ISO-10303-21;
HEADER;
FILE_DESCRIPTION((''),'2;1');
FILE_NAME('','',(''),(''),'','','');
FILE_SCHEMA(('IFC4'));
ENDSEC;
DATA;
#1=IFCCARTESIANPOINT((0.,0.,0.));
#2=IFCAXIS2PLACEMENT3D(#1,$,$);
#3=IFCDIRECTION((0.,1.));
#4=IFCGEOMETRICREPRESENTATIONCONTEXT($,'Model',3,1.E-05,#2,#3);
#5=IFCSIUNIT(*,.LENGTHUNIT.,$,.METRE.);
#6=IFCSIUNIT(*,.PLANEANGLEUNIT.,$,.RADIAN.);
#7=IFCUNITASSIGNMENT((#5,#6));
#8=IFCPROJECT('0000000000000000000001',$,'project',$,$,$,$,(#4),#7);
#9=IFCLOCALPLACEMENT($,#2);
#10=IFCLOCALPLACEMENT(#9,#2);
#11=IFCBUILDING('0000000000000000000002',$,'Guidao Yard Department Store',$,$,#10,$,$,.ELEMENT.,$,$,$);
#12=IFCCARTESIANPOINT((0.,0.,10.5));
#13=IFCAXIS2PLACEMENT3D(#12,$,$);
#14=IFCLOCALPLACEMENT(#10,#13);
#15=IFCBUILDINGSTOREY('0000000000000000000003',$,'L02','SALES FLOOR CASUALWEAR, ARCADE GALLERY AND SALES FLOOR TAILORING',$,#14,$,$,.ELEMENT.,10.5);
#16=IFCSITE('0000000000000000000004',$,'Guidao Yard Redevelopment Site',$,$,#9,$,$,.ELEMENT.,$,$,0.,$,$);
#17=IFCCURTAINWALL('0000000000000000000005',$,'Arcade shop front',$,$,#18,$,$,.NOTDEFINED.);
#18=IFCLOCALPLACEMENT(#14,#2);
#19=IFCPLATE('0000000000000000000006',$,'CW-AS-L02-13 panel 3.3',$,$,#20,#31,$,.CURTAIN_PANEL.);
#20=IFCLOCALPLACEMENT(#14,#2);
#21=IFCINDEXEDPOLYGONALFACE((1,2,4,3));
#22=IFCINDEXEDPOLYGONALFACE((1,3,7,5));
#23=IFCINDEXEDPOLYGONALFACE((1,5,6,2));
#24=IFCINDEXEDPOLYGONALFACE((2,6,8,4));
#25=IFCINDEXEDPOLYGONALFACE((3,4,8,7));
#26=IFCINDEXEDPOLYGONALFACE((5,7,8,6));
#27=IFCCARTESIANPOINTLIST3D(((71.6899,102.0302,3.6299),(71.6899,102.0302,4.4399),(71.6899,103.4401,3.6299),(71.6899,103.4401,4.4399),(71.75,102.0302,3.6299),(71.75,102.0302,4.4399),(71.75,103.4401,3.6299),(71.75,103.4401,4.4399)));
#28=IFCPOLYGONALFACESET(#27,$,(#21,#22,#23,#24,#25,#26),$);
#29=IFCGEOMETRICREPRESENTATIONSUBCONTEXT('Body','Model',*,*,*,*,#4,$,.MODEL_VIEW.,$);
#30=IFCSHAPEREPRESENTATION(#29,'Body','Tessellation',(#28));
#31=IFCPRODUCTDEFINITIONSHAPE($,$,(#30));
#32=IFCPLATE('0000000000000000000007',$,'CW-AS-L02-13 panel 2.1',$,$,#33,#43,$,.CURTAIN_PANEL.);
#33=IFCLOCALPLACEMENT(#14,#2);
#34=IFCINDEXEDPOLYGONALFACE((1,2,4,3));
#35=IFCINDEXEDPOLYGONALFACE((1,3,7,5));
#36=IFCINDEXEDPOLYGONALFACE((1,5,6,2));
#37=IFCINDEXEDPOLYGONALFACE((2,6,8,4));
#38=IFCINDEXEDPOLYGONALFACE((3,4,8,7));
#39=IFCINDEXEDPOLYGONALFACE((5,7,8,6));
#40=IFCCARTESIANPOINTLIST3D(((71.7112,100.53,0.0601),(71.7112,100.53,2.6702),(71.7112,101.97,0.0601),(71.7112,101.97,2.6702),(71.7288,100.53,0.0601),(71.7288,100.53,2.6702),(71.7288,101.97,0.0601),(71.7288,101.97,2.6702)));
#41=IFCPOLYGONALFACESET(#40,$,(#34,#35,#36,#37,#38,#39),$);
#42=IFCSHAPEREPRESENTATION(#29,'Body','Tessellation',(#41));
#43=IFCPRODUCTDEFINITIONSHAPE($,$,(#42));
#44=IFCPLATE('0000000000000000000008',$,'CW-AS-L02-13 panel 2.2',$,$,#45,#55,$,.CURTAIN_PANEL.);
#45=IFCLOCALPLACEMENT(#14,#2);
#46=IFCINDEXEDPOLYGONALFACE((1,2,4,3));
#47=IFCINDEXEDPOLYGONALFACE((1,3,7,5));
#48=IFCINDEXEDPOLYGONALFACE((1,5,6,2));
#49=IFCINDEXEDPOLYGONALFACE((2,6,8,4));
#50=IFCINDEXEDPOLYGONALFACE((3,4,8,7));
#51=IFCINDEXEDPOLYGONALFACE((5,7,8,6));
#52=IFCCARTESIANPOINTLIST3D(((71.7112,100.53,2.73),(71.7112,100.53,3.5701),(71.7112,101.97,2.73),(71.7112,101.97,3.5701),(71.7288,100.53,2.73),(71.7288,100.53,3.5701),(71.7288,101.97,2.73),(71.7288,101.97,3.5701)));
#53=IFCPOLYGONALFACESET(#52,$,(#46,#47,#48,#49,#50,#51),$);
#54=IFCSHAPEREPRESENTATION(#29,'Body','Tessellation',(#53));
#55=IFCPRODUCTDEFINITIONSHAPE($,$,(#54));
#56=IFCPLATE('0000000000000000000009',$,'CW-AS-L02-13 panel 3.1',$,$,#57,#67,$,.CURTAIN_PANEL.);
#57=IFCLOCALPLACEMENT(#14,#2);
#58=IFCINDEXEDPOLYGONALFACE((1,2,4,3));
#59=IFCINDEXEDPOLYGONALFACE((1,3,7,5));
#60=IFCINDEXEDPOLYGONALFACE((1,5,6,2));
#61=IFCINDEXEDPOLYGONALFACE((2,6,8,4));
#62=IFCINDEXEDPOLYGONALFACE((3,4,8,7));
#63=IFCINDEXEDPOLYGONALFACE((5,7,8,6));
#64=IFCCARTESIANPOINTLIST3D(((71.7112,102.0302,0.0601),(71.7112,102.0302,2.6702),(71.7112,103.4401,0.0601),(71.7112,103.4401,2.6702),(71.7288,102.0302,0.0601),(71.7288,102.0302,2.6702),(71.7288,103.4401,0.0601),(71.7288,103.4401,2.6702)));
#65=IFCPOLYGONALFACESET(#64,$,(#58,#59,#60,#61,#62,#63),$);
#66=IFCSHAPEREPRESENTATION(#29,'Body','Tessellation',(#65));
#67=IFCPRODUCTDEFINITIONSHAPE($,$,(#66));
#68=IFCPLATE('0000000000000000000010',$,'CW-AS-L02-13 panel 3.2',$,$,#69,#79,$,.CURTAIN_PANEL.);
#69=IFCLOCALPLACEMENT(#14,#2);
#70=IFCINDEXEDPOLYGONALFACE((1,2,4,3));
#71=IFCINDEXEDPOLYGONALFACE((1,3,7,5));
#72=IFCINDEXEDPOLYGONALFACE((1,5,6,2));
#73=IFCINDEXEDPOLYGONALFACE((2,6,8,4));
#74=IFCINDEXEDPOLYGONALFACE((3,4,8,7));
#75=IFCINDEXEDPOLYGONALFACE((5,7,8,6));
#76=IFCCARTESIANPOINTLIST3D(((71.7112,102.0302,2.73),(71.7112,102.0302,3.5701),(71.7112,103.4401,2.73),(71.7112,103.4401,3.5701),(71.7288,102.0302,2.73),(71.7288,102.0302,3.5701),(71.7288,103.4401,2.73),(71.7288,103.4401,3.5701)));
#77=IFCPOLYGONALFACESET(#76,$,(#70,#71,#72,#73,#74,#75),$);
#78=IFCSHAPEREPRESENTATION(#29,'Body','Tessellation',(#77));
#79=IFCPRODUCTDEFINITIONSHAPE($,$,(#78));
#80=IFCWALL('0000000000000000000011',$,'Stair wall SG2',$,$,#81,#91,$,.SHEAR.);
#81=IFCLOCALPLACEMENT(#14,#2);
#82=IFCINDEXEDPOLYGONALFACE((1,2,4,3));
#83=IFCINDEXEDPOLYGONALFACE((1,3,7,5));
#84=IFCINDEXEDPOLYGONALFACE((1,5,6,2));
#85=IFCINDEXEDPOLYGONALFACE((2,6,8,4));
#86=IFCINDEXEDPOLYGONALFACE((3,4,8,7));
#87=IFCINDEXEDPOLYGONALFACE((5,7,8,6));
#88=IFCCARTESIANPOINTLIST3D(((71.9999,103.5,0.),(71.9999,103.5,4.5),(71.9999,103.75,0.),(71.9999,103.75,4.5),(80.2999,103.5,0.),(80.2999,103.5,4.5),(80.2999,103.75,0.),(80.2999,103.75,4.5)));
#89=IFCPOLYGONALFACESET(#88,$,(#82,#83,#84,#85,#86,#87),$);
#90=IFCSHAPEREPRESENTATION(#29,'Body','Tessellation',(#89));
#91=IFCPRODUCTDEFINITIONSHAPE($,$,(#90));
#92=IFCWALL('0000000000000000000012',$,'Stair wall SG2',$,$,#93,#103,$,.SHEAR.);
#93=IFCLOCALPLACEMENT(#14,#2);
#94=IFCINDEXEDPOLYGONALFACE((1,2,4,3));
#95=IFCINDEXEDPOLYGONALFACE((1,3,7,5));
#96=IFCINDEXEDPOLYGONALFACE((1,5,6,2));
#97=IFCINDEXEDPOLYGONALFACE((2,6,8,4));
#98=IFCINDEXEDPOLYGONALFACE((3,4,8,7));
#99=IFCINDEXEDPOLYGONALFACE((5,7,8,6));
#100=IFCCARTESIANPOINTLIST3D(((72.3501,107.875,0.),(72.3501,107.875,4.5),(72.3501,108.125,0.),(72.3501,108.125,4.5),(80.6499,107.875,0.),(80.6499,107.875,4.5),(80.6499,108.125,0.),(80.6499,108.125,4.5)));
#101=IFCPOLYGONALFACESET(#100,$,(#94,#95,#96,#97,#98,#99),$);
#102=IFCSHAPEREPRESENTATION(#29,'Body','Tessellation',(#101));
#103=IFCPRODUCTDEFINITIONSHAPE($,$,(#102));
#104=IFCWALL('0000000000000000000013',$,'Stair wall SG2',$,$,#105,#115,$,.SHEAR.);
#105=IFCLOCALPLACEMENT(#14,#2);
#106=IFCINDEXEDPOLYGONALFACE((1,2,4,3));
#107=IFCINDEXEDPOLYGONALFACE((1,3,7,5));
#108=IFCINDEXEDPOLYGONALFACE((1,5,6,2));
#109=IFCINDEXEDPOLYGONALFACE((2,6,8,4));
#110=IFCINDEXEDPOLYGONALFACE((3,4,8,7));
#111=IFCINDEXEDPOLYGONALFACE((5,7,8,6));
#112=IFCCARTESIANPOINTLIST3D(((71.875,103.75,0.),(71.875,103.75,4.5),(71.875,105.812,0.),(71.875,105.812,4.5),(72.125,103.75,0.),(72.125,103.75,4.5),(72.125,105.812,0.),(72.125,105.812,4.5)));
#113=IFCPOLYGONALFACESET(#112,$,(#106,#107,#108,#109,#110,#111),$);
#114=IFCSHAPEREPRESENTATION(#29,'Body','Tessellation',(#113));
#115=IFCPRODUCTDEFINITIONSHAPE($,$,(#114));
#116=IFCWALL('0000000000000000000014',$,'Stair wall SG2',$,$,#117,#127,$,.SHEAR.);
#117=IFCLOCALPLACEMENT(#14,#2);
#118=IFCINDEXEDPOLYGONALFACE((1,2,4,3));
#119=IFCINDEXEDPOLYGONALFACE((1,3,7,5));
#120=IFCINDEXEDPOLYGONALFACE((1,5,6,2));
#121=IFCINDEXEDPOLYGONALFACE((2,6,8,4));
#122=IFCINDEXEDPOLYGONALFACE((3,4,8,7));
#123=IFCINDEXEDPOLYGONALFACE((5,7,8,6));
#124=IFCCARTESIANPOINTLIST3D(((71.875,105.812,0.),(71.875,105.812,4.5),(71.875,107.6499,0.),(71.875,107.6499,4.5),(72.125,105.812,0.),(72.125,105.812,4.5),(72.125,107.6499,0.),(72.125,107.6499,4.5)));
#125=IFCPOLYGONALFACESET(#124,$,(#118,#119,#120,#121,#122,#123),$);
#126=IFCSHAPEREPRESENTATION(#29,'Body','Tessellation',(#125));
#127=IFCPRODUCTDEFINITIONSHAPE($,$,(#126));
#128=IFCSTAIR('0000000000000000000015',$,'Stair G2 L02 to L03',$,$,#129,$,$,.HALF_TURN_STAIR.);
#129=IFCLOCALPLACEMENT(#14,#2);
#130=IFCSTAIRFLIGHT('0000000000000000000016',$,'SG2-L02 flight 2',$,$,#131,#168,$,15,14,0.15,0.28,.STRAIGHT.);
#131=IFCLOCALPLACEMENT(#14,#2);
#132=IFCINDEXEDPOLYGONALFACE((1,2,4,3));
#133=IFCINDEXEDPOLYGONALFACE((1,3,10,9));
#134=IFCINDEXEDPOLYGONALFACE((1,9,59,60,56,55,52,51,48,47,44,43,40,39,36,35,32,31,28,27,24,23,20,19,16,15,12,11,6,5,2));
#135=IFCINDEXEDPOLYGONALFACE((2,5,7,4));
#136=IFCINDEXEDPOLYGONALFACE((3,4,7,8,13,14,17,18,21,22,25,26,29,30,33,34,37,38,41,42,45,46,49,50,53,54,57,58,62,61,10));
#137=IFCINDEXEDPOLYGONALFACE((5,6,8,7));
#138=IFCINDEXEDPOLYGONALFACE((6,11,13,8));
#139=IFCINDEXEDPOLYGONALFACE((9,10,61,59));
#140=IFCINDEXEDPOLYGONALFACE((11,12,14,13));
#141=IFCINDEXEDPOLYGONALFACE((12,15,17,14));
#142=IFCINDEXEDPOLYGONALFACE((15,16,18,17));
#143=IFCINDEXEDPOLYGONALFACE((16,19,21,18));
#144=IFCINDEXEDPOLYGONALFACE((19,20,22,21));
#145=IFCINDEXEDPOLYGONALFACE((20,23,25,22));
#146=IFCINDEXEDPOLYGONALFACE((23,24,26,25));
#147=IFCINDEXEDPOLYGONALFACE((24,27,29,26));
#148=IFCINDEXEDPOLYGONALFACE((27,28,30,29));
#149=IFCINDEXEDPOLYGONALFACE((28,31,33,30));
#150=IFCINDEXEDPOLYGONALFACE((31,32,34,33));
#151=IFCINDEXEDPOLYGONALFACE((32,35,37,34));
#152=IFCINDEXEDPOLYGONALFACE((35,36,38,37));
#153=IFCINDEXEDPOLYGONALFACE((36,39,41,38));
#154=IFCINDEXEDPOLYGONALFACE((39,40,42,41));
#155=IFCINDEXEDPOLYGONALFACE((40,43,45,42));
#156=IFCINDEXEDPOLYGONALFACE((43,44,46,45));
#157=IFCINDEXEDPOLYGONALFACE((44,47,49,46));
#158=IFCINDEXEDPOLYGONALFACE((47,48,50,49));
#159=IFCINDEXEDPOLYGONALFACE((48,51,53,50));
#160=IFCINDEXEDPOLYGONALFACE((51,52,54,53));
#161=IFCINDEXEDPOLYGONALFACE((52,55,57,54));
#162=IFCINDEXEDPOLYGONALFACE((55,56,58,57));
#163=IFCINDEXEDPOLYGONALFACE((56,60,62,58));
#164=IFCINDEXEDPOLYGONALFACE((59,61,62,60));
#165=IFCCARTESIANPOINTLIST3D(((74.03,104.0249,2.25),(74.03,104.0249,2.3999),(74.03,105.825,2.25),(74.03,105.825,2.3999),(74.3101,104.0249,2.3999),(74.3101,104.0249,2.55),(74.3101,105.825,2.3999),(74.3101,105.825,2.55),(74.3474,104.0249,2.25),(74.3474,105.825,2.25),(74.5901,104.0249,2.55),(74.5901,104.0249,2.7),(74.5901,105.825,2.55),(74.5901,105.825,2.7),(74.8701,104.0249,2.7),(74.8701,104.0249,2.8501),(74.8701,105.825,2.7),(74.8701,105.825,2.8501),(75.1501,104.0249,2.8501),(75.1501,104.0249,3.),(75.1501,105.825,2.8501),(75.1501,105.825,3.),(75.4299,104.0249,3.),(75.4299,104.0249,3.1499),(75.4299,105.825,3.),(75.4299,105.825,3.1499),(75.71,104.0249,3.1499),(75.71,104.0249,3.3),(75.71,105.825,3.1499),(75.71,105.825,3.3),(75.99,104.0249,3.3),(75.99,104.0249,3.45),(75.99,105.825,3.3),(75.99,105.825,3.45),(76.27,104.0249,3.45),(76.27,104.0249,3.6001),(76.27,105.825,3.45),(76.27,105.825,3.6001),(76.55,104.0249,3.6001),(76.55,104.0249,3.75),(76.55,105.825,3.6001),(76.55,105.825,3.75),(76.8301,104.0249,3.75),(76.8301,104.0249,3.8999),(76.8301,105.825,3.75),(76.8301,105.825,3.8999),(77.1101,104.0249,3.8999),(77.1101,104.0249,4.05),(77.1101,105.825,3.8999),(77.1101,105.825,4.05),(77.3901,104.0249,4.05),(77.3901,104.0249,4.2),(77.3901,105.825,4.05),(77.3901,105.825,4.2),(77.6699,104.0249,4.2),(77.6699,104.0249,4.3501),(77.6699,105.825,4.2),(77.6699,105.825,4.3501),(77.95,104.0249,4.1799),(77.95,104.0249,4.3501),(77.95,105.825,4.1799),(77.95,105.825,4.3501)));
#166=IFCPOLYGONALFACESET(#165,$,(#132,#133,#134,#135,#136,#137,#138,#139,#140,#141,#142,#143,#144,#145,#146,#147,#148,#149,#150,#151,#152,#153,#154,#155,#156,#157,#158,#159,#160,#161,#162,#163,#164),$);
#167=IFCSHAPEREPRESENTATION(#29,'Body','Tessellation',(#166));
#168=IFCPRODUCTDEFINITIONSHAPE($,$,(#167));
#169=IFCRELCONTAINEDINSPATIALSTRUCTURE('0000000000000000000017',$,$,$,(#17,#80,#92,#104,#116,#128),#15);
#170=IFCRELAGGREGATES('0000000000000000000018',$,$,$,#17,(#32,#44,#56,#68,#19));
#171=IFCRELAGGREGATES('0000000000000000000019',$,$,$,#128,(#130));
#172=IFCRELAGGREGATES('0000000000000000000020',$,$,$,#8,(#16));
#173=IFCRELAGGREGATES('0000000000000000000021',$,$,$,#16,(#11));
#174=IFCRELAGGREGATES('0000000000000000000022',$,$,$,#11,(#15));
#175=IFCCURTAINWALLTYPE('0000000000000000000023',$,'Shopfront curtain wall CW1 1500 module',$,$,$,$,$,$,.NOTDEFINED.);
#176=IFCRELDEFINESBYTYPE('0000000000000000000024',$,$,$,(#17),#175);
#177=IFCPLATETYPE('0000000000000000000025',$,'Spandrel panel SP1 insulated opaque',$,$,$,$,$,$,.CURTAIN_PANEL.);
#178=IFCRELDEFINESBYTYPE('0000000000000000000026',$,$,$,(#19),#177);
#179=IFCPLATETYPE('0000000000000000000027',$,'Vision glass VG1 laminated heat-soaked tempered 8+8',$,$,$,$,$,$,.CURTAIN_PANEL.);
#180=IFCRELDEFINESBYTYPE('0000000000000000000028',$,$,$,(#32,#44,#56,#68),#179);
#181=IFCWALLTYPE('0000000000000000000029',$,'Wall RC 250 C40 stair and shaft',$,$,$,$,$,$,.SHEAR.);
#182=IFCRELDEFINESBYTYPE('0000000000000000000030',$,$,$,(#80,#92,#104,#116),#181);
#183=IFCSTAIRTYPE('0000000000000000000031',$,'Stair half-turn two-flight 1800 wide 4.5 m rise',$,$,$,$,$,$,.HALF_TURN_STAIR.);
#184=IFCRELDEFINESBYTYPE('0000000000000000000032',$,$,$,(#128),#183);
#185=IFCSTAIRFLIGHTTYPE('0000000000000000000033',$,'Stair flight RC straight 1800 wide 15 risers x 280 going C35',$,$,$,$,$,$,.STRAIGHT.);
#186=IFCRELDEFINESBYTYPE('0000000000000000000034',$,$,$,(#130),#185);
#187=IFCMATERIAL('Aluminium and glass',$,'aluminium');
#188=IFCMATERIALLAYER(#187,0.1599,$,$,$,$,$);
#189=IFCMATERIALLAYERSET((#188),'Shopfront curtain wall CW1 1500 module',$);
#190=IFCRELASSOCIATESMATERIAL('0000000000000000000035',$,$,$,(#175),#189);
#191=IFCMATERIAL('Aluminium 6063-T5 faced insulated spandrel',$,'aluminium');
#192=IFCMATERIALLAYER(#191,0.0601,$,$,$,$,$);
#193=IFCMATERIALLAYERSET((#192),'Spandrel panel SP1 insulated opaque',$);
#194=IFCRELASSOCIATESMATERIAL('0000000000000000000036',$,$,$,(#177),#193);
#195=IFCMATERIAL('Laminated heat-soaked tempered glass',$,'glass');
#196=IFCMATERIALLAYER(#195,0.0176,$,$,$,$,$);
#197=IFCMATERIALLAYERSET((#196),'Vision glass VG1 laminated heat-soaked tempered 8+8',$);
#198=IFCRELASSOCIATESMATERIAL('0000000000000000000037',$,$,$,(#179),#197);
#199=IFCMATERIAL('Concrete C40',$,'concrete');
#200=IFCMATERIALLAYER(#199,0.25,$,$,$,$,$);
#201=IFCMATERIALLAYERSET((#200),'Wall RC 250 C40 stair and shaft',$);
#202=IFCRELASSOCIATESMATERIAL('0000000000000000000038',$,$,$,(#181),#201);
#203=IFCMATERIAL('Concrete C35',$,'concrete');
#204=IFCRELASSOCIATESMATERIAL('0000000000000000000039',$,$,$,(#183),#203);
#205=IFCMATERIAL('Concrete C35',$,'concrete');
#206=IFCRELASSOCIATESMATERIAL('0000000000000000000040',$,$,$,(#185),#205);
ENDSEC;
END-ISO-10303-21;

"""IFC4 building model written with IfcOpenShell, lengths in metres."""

from ifc_helpers import new_model, si_unit, direction, frame, frame_2d, origin, origin_2d, place, context, subcontext, project, spatial, polyline, rectangle, outline, extrude, material, layer, layer_set, type_object, element, aggregate, save


model = new_model("IFC4")

# Units and contexts
model_context = context("Model", 3, precision=1e-05, world=origin(), true_north=direction((0.0, 1.0)))
body_context = subcontext(model_context, "Body", "Model", "MODEL_VIEW")
ifc_project = project(units=[si_unit("LENGTHUNIT", "METRE"), si_unit("PLANEANGLEUNIT", "RADIAN")], contexts=[model_context])

# Site, building, storey
site_placement = place(None, origin())
site = spatial("IfcSite", under=ifc_project, at=site_placement, Name="Guidao Yard Redevelopment Site", CompositionType="ELEMENT", RefElevation=0.0)
building_placement = place(site_placement, origin())
building = spatial("IfcBuilding", under=site, at=building_placement, Name="Guidao Yard Department Store", CompositionType="ELEMENT")
storey_placement = place(building_placement, frame((0.0, 0.0, 10.5)))
storey = spatial("IfcBuildingStorey", under=building, at=storey_placement, Name="L02", Description="SALES FLOOR CASUALWEAR, ARCADE GALLERY AND SALES FLOOR TAILORING", CompositionType="ELEMENT", Elevation=10.5)

# Curtain wall, plates
ifc_material_1 = material(Name="Aluminium and glass", Category="aluminium")
ifc_layer_1 = layer(ifc_material_1, 0.1599)
ifc_layer_set_1 = layer_set([ifc_layer_1], Name="Shopfront curtain wall CW1 1500 module")
curtain_wall_type = type_object("IfcCurtainWallType", Name="Shopfront curtain wall CW1 1500 module", PredefinedType="NOTDEFINED", material=ifc_layer_set_1)
curtain_wall_placement = place(storey_placement, origin())
curtain_wall = element("IfcCurtainWall", 1, at=curtain_wall_placement, inside=storey, type_object=curtain_wall_type, Name="Arcade shop front", PredefinedType="NOTDEFINED")
ifc_material_2 = material(Name="Aluminium 6063-T5 faced insulated spandrel", Category="aluminium")
ifc_layer_2 = layer(ifc_material_2, 0.0601)
ifc_layer_set_2 = layer_set([ifc_layer_2], Name="Spandrel panel SP1 insulated opaque")
plate_type_1 = type_object("IfcPlateType", Name="Spandrel panel SP1 insulated opaque", PredefinedType="CURTAIN_PANEL", material=ifc_layer_set_2)
plate_1_placement = place(storey_placement, frame((71.72, 102.7351, 3.6299), z_axis=(0.0, 0.0, 1.0), x_axis=(0.0, 1.0, 0.0)))
plate_1 = element("IfcPlate", 2, at=plate_1_placement, type_object=plate_type_1, Name="CW-AS-L02-13 panel 3.3", PredefinedType="CURTAIN_PANEL", context=body_context, shape_type="SweptSolid", body=[
    extrude(rectangle(XDim=1.4099, YDim=0.0601, at=origin_2d()), origin(), (0.0, 0.0, 1.0), 0.8101),
])
ifc_material_3 = material(Name="Laminated heat-soaked tempered glass", Category="glass")
ifc_layer_3 = layer(ifc_material_3, 0.0176)
ifc_layer_set_3 = layer_set([ifc_layer_3], Name="Vision glass VG1 laminated heat-soaked tempered 8+8")
plate_type_2 = type_object("IfcPlateType", Name="Vision glass VG1 laminated heat-soaked tempered 8+8", PredefinedType="CURTAIN_PANEL", material=ifc_layer_set_3)
plate_2_placement = place(storey_placement, frame((71.72, 101.25, 0.0601), z_axis=(0.0, 0.0, 1.0), x_axis=(0.0, 1.0, 0.0)))
plate_2 = element("IfcPlate", 3, at=plate_2_placement, type_object=plate_type_2, Name="CW-AS-L02-13 panel 2.1", PredefinedType="CURTAIN_PANEL", context=body_context, shape_type="SweptSolid", body=[
    extrude(rectangle(XDim=1.4399, YDim=0.0176, at=origin_2d()), origin(), (0.0, 0.0, 1.0), 2.6101),
])
plate_3_placement = place(storey_placement, frame((71.72, 101.25, 2.73), z_axis=(0.0, 0.0, 1.0), x_axis=(0.0, 1.0, 0.0)))
plate_3 = element("IfcPlate", 4, at=plate_3_placement, type_object=plate_type_2, Name="CW-AS-L02-13 panel 2.2", PredefinedType="CURTAIN_PANEL", context=body_context, shape_type="SweptSolid", body=[
    extrude(rectangle(XDim=1.4399, YDim=0.0176, at=origin_2d()), origin(), (0.0, 0.0, 1.0), 0.8401),
])
plate_4_placement = place(storey_placement, frame((71.72, 102.7351, 0.0601), z_axis=(0.0, 0.0, 1.0), x_axis=(0.0, 1.0, 0.0)))
plate_4 = element("IfcPlate", 5, at=plate_4_placement, type_object=plate_type_2, Name="CW-AS-L02-13 panel 3.1", PredefinedType="CURTAIN_PANEL", context=body_context, shape_type="SweptSolid", body=[
    extrude(rectangle(XDim=1.4099, YDim=0.0176, at=origin_2d()), origin(), (0.0, 0.0, 1.0), 2.6101),
])
plate_5_placement = place(storey_placement, frame((71.72, 102.7351, 2.73), z_axis=(0.0, 0.0, 1.0), x_axis=(0.0, 1.0, 0.0)))
plate_5 = element("IfcPlate", 6, at=plate_5_placement, type_object=plate_type_2, Name="CW-AS-L02-13 panel 3.2", PredefinedType="CURTAIN_PANEL", context=body_context, shape_type="SweptSolid", body=[
    extrude(rectangle(XDim=1.4099, YDim=0.0176, at=origin_2d()), origin(), (0.0, 0.0, 1.0), 0.8401),
])
aggregate(curtain_wall, [plate_2, plate_3, plate_4, plate_5, plate_1])

# Walls
ifc_material_4 = material(Name="Concrete C40", Category="concrete")
ifc_layer_4 = layer(ifc_material_4, 0.25)
ifc_layer_set_4 = layer_set([ifc_layer_4], Name="Wall RC 250 C40 stair and shaft")
wall_type = type_object("IfcWallType", Name="Wall RC 250 C40 stair and shaft", PredefinedType="SHEAR", material=ifc_layer_set_4)
wall_1_placement = place(storey_placement, frame((72.0, 103.625, 0.0), z_axis=(0.0, 0.0, 1.0), x_axis=(1.0, 0.0, 0.0)))
element("IfcWall", 7, at=wall_1_placement, inside=storey, type_object=wall_type, Name="Stair wall SG2", PredefinedType="SHEAR", context=body_context, shape_type="SweptSolid", body=[
    extrude(rectangle(XDim=8.3, YDim=0.25, at=frame_2d((4.1499, 0.0))), origin(), (0.0, 0.0, 1.0), 4.5),
])
wall_2_placement = place(storey_placement, frame((72.3501, 108.0, 0.0), z_axis=(0.0, 0.0, 1.0), x_axis=(1.0, 0.0, 0.0)))
element("IfcWall", 8, at=wall_2_placement, inside=storey, type_object=wall_type, Name="Stair wall SG2", PredefinedType="SHEAR", context=body_context, shape_type="SweptSolid", body=[
    extrude(rectangle(XDim=8.2998, YDim=0.25, at=frame_2d((4.1499, 0.0))), origin(), (0.0, 0.0, 1.0), 4.5),
])
wall_3_placement = place(storey_placement, frame((72.0, 103.75, 0.0), z_axis=(0.0, 0.0, 1.0), x_axis=(0.0, 1.0, 0.0)))
element("IfcWall", 9, at=wall_3_placement, inside=storey, type_object=wall_type, Name="Stair wall SG2", PredefinedType="SHEAR", context=body_context, shape_type="SweptSolid", body=[
    extrude(rectangle(XDim=2.062, YDim=0.25, at=frame_2d((1.031, 0.0))), origin(), (0.0, 0.0, 1.0), 4.5),
])
wall_4_placement = place(storey_placement, frame((72.0, 105.812, 0.0), z_axis=(0.0, 0.0, 1.0), x_axis=(0.0, 1.0, 0.0)))
element("IfcWall", 10, at=wall_4_placement, inside=storey, type_object=wall_type, Name="Stair wall SG2", PredefinedType="SHEAR", context=body_context, shape_type="SweptSolid", body=[
    extrude(rectangle(XDim=1.8379, YDim=0.25, at=frame_2d((0.9189, 0.0))), origin(), (0.0, 0.0, 1.0), 4.5),
])

# Stair, stair flight
ifc_material_5 = material(Name="Concrete C35", Category="concrete")
stair_type = type_object("IfcStairType", Name="Stair half-turn two-flight 1800 wide 4.5 m rise", PredefinedType="HALF_TURN_STAIR", material=ifc_material_5)
stair_placement = place(storey_placement, origin())
stair = element("IfcStair", 11, at=stair_placement, inside=storey, type_object=stair_type, Name="Stair G2 L02 to L03", PredefinedType="HALF_TURN_STAIR")
ifc_material_6 = material(Name="Concrete C35", Category="concrete")
stair_flight_type = type_object("IfcStairFlightType", Name="Stair flight RC straight 1800 wide 15 risers x 280 going C35", PredefinedType="STRAIGHT", material=ifc_material_6)
stair_flight_placement = place(storey_placement, frame((74.03, 104.925, 2.25), z_axis=(0.0, 0.0, 1.0), x_axis=(1.0, 0.0, 0.0)))
stair_flight = element("IfcStairFlight", 12, at=stair_flight_placement, type_object=stair_flight_type, Name="SG2-L02 flight 2", NumberOfRisers=15, NumberOfTreads=14, PredefinedType="STRAIGHT", RiserHeight=0.15, TreadLength=0.28, context=body_context, shape_type="SweptSolid", body=[
    extrude(outline(polyline([(0.0, 0.0), (0.0, 0.1499), (0.28, 0.1499), (0.28, 0.3), (0.5601, 0.3), (0.5601, 0.45), (0.8401, 0.45), (0.8401, 0.6001), (1.1201, 0.6001), (1.1201, 0.75), (1.3999, 0.75), (1.3999, 0.8999), (1.6799, 0.8999), (1.6799, 1.05), (1.96, 1.05), (1.96, 1.2), (2.24, 1.2), (2.24, 1.3501), (2.52, 1.3501), (2.52, 1.5), (2.8, 1.5), (2.8, 1.6499), (3.0801, 1.6499), (3.0801, 1.8), (3.3601, 1.8), (3.3601, 1.95), (3.6399, 1.95), (3.6399, 2.1001), (3.9199, 2.1001), (3.9199, 2.25), (3.9199, 1.9299), (0.3174, 0.0), (0.0, 0.0)])), frame((0.0, 0.8999, 0.0), z_axis=(0.0, -1.0, 0.0), x_axis=(1.0, 0.0, 0.0)), (0.0, 0.0, 1.0), 1.8),
])
aggregate(stair, [stair_flight])

save(model, "model.ifc")
